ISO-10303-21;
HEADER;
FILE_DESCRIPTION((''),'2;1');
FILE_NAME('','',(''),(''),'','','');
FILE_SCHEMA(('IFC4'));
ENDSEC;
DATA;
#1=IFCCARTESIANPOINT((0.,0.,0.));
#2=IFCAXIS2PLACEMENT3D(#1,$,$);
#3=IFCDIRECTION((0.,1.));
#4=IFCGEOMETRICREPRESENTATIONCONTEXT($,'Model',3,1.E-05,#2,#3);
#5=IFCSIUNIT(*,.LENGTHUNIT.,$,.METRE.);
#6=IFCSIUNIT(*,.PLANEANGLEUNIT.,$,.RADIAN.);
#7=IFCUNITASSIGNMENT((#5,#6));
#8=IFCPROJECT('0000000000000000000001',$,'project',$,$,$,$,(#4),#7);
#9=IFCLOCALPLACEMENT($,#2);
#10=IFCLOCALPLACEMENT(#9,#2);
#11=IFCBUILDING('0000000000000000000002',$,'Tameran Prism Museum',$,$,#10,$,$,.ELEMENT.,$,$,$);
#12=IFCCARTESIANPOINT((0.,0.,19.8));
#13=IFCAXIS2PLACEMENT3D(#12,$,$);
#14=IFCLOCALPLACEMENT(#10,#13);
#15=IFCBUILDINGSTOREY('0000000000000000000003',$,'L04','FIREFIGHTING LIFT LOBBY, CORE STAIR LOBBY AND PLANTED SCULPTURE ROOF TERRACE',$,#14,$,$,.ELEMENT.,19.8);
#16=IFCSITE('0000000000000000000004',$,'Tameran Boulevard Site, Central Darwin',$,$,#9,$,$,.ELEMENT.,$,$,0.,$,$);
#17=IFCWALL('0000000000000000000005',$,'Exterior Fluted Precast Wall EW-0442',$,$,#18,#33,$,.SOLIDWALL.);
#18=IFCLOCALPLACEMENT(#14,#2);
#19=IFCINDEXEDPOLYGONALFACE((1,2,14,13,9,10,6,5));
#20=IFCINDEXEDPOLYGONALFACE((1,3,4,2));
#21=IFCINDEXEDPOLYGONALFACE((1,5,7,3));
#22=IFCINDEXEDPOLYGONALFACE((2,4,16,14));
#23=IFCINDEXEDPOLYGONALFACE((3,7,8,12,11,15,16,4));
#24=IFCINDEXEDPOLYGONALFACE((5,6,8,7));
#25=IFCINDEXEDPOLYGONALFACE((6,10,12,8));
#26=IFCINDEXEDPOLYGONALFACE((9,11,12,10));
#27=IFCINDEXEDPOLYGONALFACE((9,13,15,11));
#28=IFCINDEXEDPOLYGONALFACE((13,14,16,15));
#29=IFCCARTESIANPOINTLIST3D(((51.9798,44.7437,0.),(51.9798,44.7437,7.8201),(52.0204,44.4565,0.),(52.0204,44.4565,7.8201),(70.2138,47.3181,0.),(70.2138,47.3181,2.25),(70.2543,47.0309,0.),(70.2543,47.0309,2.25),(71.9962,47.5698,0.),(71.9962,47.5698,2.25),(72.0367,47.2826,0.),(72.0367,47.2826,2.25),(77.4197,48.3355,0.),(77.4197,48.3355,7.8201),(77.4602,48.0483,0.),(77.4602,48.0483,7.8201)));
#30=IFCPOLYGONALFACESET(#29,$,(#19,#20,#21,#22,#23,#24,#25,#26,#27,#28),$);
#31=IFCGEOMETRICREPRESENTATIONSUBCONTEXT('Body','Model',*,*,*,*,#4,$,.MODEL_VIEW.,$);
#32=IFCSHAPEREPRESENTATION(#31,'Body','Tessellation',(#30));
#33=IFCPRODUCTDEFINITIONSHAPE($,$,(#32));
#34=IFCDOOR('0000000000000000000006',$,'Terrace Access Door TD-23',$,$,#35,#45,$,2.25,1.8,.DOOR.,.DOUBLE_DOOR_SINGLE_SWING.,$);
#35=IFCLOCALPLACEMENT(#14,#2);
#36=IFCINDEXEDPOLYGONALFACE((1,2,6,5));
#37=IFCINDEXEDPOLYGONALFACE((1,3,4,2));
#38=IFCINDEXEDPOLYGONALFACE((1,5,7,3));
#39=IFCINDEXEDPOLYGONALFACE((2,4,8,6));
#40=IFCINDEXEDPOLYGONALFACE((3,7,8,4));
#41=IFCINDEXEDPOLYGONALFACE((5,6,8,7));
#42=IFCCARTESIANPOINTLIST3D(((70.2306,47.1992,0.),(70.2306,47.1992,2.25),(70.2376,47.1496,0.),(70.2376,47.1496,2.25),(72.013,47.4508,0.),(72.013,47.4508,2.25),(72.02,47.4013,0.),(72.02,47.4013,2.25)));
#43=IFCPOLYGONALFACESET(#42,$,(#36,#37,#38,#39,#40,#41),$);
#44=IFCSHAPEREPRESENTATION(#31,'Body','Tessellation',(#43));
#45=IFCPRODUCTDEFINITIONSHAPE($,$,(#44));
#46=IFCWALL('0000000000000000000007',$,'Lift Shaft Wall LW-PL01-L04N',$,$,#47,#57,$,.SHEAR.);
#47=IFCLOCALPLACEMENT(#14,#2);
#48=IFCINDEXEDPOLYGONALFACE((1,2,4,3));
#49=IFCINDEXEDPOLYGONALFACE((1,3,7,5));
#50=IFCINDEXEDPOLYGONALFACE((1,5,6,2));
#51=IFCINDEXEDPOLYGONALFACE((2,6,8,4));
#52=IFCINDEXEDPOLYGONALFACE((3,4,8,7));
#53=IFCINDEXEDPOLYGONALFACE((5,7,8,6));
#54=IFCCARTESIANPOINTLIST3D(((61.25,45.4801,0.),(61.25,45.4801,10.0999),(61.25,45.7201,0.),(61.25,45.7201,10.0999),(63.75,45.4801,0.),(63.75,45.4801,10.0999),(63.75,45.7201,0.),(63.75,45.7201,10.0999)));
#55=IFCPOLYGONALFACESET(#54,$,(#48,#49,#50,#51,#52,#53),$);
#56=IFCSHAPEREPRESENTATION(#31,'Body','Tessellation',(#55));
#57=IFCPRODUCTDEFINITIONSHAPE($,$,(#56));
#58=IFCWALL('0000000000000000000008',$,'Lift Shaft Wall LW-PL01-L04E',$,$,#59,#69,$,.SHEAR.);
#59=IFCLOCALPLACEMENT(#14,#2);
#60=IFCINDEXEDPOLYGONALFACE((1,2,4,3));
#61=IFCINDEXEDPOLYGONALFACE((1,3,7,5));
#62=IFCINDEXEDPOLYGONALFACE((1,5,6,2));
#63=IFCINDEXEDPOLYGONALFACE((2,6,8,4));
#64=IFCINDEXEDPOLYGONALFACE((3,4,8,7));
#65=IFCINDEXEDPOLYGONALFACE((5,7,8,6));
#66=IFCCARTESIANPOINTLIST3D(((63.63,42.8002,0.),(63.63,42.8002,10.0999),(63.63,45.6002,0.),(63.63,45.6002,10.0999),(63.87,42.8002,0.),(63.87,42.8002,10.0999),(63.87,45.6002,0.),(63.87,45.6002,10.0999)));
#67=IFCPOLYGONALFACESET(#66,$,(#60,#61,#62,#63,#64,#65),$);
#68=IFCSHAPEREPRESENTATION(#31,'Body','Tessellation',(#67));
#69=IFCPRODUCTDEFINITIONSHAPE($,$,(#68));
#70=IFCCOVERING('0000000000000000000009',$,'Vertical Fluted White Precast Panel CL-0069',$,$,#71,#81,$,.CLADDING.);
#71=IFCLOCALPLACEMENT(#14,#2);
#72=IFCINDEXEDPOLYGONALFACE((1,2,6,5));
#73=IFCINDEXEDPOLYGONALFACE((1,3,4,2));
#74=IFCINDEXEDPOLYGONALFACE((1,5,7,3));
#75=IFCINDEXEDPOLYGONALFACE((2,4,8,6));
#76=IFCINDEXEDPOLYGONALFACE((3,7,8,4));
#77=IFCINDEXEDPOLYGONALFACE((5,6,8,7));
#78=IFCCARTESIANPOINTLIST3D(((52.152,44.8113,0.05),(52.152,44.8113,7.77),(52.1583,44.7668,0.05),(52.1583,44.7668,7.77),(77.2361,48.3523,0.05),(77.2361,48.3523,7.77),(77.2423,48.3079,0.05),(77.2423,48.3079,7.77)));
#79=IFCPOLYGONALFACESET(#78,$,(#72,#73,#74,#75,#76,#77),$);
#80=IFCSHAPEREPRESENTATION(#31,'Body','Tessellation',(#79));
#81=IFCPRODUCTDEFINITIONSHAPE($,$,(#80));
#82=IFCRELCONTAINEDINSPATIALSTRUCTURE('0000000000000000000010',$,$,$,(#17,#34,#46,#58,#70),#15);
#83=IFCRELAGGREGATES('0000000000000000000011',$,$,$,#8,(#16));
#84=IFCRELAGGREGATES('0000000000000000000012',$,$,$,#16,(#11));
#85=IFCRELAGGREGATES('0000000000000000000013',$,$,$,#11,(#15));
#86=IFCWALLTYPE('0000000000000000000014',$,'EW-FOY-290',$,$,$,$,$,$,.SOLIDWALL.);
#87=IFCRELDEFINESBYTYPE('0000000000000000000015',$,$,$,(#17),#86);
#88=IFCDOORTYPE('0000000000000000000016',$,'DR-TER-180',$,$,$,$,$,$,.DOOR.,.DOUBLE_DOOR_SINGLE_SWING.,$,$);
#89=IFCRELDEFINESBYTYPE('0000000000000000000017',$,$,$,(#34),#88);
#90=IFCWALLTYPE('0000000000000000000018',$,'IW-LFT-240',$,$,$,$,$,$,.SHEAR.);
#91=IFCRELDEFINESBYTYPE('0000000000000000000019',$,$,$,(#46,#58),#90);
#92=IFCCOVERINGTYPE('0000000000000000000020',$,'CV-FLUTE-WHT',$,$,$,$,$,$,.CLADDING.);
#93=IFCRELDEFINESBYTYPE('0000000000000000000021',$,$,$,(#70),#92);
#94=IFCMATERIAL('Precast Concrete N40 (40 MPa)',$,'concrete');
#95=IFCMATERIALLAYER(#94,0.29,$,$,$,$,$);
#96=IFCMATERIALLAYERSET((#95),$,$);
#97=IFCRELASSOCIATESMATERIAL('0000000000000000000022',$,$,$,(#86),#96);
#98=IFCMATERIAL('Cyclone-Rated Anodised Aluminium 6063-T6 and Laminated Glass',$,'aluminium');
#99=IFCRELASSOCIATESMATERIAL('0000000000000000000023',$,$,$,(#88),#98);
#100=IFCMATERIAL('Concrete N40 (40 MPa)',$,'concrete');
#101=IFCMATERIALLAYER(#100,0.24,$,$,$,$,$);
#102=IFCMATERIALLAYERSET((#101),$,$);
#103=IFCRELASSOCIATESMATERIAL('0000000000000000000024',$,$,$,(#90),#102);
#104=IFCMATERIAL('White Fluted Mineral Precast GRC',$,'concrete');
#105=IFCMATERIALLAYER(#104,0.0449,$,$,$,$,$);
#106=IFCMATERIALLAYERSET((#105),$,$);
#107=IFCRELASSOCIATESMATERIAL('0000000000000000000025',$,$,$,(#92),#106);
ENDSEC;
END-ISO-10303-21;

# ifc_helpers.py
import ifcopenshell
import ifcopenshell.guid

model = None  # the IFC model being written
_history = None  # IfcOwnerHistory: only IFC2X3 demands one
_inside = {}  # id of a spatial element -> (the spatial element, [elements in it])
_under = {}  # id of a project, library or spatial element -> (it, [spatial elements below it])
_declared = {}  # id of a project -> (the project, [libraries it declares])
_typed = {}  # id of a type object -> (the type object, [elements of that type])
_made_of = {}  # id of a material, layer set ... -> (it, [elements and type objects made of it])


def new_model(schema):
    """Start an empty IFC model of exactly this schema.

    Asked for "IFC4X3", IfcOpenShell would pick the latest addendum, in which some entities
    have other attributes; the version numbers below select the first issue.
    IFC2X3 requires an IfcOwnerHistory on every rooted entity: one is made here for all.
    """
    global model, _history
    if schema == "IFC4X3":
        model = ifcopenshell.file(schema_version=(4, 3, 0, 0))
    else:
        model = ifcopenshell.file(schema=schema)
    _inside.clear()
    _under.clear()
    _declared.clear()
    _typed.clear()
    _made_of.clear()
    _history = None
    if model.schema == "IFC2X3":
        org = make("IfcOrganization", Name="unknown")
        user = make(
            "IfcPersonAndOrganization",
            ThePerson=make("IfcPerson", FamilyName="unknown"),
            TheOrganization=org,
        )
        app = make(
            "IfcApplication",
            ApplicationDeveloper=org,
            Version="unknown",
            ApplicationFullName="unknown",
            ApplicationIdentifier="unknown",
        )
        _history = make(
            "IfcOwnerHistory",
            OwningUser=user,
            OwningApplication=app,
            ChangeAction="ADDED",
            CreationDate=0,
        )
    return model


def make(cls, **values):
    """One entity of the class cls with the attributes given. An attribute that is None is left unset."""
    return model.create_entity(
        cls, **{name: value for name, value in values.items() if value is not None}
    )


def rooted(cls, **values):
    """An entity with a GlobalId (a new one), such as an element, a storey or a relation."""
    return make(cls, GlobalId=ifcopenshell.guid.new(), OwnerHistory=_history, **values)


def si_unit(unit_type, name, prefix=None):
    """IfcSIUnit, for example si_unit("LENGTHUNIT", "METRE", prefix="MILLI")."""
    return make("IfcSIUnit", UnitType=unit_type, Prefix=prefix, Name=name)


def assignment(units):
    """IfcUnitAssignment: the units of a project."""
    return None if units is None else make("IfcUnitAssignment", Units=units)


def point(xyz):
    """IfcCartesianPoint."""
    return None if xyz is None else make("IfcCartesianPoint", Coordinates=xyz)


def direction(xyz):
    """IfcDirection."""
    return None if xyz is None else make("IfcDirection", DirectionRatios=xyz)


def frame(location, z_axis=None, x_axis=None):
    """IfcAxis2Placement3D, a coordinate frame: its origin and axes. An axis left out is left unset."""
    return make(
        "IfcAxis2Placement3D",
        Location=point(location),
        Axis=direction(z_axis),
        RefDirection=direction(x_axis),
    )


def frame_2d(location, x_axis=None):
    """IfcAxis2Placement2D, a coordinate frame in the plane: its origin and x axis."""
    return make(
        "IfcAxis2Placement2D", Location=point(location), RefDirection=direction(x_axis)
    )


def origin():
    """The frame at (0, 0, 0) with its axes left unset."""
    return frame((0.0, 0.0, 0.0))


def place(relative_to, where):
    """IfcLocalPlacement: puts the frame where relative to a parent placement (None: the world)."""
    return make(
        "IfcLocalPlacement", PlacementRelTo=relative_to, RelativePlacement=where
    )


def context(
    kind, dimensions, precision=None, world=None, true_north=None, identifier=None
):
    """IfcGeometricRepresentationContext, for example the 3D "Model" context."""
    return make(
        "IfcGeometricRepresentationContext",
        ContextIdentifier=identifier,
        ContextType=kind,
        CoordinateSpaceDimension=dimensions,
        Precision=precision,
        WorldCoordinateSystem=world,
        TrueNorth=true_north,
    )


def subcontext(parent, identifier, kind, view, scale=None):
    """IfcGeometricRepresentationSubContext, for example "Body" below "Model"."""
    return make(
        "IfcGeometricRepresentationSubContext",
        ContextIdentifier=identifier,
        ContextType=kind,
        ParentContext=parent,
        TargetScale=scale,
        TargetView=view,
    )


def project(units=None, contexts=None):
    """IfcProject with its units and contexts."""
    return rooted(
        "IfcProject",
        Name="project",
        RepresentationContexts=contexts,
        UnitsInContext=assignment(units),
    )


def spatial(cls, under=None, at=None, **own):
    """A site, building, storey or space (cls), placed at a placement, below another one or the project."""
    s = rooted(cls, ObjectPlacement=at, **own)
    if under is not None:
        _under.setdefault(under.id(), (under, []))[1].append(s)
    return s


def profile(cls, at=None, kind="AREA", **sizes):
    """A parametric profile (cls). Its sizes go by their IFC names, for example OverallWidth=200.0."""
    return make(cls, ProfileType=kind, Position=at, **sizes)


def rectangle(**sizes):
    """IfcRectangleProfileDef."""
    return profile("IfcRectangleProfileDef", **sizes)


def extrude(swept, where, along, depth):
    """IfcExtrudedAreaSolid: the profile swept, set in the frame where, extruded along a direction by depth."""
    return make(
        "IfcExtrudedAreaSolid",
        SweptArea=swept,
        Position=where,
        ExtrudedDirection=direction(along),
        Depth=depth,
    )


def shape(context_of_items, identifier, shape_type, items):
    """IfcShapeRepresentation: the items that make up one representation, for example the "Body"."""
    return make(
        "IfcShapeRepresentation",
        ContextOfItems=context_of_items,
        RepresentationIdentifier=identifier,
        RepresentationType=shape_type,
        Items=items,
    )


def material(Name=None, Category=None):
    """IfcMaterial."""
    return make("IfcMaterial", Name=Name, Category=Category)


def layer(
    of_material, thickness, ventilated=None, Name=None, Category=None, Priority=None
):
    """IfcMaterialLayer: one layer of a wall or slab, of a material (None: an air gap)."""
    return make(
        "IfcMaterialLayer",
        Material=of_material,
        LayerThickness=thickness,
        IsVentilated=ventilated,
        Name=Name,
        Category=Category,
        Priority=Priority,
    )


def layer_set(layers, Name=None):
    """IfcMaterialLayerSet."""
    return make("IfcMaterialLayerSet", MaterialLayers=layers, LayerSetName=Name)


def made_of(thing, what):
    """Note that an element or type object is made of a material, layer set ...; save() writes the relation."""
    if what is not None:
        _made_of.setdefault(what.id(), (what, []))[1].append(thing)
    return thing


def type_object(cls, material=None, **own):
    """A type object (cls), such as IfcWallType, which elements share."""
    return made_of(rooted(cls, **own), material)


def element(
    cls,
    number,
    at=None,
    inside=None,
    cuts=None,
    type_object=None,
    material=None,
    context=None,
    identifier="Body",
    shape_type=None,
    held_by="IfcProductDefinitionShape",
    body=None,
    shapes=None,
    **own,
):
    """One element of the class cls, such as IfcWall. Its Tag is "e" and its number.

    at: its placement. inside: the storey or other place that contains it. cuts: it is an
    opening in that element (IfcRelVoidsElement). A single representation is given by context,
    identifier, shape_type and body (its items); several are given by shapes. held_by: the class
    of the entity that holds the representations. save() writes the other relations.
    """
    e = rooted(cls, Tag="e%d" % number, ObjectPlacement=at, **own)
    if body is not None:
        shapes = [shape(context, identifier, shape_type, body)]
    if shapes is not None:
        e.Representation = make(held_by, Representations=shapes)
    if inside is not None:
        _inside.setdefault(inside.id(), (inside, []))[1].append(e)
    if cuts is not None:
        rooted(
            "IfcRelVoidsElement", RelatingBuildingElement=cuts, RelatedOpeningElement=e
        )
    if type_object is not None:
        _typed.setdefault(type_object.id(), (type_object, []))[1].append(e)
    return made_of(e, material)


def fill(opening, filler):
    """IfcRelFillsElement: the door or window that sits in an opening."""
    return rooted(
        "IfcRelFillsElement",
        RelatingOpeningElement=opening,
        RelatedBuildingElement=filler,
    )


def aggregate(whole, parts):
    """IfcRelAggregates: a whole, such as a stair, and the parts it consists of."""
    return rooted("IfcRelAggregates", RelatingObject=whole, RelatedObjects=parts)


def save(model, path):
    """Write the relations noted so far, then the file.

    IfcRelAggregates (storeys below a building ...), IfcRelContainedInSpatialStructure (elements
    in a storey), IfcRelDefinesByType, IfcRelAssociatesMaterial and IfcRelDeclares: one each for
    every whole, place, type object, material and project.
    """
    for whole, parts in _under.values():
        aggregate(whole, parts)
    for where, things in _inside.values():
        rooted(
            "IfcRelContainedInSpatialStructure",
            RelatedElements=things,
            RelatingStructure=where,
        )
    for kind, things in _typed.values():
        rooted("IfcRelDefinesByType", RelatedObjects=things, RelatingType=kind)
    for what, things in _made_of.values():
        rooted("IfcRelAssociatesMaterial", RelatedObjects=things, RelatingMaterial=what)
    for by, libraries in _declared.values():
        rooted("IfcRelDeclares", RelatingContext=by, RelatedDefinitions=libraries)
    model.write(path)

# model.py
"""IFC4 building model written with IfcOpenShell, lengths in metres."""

from ifc_helpers import new_model, si_unit, direction, frame, frame_2d, origin, place, context, subcontext, project, spatial, rectangle, extrude, material, layer, layer_set, type_object, element, fill, save


model = new_model("IFC4")

# Units and contexts
model_context = context("Model", 3, precision=1e-05, world=origin(), true_north=direction((0.0, 1.0)))
body_context = subcontext(model_context, "Body", "Model", "MODEL_VIEW")
ifc_project = project(units=[si_unit("LENGTHUNIT", "METRE"), si_unit("PLANEANGLEUNIT", "RADIAN")], contexts=[model_context])

# Site, building, storey
site_placement = place(None, origin())
site = spatial("IfcSite", under=ifc_project, at=site_placement, Name="Tameran Boulevard Site, Central Darwin", CompositionType="ELEMENT", RefElevation=0.0)
building_placement = place(site_placement, origin())
building = spatial("IfcBuilding", under=site, at=building_placement, Name="Tameran Prism Museum", CompositionType="ELEMENT")
storey_placement = place(building_placement, frame((0.0, 0.0, 19.8)))
storey = spatial("IfcBuildingStorey", under=building, at=storey_placement, Name="L04", Description="FIREFIGHTING LIFT LOBBY, CORE STAIR LOBBY AND PLANTED SCULPTURE ROOF TERRACE", CompositionType="ELEMENT", Elevation=19.8)

# Wall, opening, door
ifc_material_1 = material(Name="Precast Concrete N40 (40 MPa)", Category="concrete")
ifc_layer_1 = layer(ifc_material_1, 0.29)
ifc_layer_set_1 = layer_set([ifc_layer_1])
wall_type_1 = type_object("IfcWallType", Name="EW-FOY-290", PredefinedType="SOLIDWALL", material=ifc_layer_set_1)
wall_1_placement = place(storey_placement, frame((52.0, 44.6001, 0.0), z_axis=(0.0, 0.0, 1.0), x_axis=(0.99018, 0.139801, 0.0)))
wall_1 = element("IfcWall", 1, at=wall_1_placement, inside=storey, type_object=wall_type_1, Name="Exterior Fluted Precast Wall EW-0442", PredefinedType="SOLIDWALL", context=body_context, shape_type="SweptSolid", body=[
    extrude(rectangle(XDim=25.6921, YDim=0.29, at=frame_2d((12.8462, 0.0))), origin(), (0.0, 0.0, 1.0), 7.8201),
])
opening_placement = place(wall_1_placement, frame((18.415, 0.0, 0.0)))
opening = element("IfcOpeningElement", 2, at=opening_placement, cuts=wall_1, PredefinedType="OPENING", context=body_context, shape_type="SweptSolid", body=[
    extrude(rectangle(XDim=1.8, YDim=2.25, at=frame_2d((0.8999, 1.125))), frame((0.0, 0.155, 0.0), z_axis=(0.0, -1.0, 0.0), x_axis=(1.0, 0.0, 0.0)), (0.0, 0.0, 1.0), 0.3101),
])
ifc_material_2 = material(Name="Cyclone-Rated Anodised Aluminium 6063-T6 and Laminated Glass", Category="aluminium")
door_type = type_object("IfcDoorType", Name="DR-TER-180", OperationType="DOUBLE_DOOR_SINGLE_SWING", PredefinedType="DOOR", material=ifc_material_2)
door_placement = place(opening_placement, origin())
door = element("IfcDoor", 3, at=door_placement, inside=storey, type_object=door_type, Name="Terrace Access Door TD-23", OperationType="DOUBLE_DOOR_SINGLE_SWING", OverallHeight=2.25, OverallWidth=1.8, PredefinedType="DOOR", context=body_context, shape_type="SweptSolid", body=[
    extrude(rectangle(XDim=1.8, YDim=2.25, at=frame_2d((0.8999, 1.125))), frame((0.0, 0.0249, 0.0), z_axis=(0.0, -1.0, 0.0), x_axis=(1.0, 0.0, 0.0)), (0.0, 0.0, 1.0), 0.05),
])
fill(opening, door)

# Walls
ifc_material_3 = material(Name="Concrete N40 (40 MPa)", Category="concrete")
ifc_layer_2 = layer(ifc_material_3, 0.24)
ifc_layer_set_2 = layer_set([ifc_layer_2])
wall_type_2 = type_object("IfcWallType", Name="IW-LFT-240", PredefinedType="SHEAR", material=ifc_layer_set_2)
wall_2_placement = place(storey_placement, frame((61.25, 45.6001, 0.0), z_axis=(0.0, 0.0, 1.0), x_axis=(1.0, 0.0, 0.0)))
element("IfcWall", 4, at=wall_2_placement, inside=storey, type_object=wall_type_2, Name="Lift Shaft Wall LW-PL01-L04N", PredefinedType="SHEAR", context=body_context, shape_type="SweptSolid", body=[
    extrude(rectangle(XDim=2.5, YDim=0.24, at=frame_2d((1.25, 0.0))), origin(), (0.0, 0.0, 1.0), 10.0999),
])
wall_3_placement = place(storey_placement, frame((63.75, 45.6001, 0.0), z_axis=(0.0, 0.0, 1.0), x_axis=(0.0, -1.0, 0.0)))
element("IfcWall", 5, at=wall_3_placement, inside=storey, type_object=wall_type_2, Name="Lift Shaft Wall LW-PL01-L04E", PredefinedType="SHEAR", context=body_context, shape_type="SweptSolid", body=[
    extrude(rectangle(XDim=2.8, YDim=0.24, at=frame_2d((1.3999, 0.0))), origin(), (0.0, 0.0, 1.0), 10.0999),
])

# Covering
ifc_material_4 = material(Name="White Fluted Mineral Precast GRC", Category="concrete")
ifc_layer_3 = layer(ifc_material_4, 0.0449)
ifc_layer_set_3 = layer_set([ifc_layer_3])
covering_type = type_object("IfcCoveringType", Name="CV-FLUTE-WHT", PredefinedType="CLADDING", material=ifc_layer_set_3)
covering_placement = place(storey_placement, frame((52.155, 44.7891, 0.05), z_axis=(0.0, 0.0, 1.0), x_axis=(0.990183, 0.13978, 0.0)))
element("IfcCovering", 6, at=covering_placement, inside=storey, type_object=covering_type, Name="Vertical Fluted White Precast Panel CL-0069", PredefinedType="CLADDING", context=body_context, shape_type="SweptSolid", body=[
    extrude(rectangle(XDim=25.3328, YDim=0.0449, at=frame_2d((12.6665, 0.0))), origin(), (0.0, 0.0, 1.0), 7.72),
])

save(model, "model.ifc")
